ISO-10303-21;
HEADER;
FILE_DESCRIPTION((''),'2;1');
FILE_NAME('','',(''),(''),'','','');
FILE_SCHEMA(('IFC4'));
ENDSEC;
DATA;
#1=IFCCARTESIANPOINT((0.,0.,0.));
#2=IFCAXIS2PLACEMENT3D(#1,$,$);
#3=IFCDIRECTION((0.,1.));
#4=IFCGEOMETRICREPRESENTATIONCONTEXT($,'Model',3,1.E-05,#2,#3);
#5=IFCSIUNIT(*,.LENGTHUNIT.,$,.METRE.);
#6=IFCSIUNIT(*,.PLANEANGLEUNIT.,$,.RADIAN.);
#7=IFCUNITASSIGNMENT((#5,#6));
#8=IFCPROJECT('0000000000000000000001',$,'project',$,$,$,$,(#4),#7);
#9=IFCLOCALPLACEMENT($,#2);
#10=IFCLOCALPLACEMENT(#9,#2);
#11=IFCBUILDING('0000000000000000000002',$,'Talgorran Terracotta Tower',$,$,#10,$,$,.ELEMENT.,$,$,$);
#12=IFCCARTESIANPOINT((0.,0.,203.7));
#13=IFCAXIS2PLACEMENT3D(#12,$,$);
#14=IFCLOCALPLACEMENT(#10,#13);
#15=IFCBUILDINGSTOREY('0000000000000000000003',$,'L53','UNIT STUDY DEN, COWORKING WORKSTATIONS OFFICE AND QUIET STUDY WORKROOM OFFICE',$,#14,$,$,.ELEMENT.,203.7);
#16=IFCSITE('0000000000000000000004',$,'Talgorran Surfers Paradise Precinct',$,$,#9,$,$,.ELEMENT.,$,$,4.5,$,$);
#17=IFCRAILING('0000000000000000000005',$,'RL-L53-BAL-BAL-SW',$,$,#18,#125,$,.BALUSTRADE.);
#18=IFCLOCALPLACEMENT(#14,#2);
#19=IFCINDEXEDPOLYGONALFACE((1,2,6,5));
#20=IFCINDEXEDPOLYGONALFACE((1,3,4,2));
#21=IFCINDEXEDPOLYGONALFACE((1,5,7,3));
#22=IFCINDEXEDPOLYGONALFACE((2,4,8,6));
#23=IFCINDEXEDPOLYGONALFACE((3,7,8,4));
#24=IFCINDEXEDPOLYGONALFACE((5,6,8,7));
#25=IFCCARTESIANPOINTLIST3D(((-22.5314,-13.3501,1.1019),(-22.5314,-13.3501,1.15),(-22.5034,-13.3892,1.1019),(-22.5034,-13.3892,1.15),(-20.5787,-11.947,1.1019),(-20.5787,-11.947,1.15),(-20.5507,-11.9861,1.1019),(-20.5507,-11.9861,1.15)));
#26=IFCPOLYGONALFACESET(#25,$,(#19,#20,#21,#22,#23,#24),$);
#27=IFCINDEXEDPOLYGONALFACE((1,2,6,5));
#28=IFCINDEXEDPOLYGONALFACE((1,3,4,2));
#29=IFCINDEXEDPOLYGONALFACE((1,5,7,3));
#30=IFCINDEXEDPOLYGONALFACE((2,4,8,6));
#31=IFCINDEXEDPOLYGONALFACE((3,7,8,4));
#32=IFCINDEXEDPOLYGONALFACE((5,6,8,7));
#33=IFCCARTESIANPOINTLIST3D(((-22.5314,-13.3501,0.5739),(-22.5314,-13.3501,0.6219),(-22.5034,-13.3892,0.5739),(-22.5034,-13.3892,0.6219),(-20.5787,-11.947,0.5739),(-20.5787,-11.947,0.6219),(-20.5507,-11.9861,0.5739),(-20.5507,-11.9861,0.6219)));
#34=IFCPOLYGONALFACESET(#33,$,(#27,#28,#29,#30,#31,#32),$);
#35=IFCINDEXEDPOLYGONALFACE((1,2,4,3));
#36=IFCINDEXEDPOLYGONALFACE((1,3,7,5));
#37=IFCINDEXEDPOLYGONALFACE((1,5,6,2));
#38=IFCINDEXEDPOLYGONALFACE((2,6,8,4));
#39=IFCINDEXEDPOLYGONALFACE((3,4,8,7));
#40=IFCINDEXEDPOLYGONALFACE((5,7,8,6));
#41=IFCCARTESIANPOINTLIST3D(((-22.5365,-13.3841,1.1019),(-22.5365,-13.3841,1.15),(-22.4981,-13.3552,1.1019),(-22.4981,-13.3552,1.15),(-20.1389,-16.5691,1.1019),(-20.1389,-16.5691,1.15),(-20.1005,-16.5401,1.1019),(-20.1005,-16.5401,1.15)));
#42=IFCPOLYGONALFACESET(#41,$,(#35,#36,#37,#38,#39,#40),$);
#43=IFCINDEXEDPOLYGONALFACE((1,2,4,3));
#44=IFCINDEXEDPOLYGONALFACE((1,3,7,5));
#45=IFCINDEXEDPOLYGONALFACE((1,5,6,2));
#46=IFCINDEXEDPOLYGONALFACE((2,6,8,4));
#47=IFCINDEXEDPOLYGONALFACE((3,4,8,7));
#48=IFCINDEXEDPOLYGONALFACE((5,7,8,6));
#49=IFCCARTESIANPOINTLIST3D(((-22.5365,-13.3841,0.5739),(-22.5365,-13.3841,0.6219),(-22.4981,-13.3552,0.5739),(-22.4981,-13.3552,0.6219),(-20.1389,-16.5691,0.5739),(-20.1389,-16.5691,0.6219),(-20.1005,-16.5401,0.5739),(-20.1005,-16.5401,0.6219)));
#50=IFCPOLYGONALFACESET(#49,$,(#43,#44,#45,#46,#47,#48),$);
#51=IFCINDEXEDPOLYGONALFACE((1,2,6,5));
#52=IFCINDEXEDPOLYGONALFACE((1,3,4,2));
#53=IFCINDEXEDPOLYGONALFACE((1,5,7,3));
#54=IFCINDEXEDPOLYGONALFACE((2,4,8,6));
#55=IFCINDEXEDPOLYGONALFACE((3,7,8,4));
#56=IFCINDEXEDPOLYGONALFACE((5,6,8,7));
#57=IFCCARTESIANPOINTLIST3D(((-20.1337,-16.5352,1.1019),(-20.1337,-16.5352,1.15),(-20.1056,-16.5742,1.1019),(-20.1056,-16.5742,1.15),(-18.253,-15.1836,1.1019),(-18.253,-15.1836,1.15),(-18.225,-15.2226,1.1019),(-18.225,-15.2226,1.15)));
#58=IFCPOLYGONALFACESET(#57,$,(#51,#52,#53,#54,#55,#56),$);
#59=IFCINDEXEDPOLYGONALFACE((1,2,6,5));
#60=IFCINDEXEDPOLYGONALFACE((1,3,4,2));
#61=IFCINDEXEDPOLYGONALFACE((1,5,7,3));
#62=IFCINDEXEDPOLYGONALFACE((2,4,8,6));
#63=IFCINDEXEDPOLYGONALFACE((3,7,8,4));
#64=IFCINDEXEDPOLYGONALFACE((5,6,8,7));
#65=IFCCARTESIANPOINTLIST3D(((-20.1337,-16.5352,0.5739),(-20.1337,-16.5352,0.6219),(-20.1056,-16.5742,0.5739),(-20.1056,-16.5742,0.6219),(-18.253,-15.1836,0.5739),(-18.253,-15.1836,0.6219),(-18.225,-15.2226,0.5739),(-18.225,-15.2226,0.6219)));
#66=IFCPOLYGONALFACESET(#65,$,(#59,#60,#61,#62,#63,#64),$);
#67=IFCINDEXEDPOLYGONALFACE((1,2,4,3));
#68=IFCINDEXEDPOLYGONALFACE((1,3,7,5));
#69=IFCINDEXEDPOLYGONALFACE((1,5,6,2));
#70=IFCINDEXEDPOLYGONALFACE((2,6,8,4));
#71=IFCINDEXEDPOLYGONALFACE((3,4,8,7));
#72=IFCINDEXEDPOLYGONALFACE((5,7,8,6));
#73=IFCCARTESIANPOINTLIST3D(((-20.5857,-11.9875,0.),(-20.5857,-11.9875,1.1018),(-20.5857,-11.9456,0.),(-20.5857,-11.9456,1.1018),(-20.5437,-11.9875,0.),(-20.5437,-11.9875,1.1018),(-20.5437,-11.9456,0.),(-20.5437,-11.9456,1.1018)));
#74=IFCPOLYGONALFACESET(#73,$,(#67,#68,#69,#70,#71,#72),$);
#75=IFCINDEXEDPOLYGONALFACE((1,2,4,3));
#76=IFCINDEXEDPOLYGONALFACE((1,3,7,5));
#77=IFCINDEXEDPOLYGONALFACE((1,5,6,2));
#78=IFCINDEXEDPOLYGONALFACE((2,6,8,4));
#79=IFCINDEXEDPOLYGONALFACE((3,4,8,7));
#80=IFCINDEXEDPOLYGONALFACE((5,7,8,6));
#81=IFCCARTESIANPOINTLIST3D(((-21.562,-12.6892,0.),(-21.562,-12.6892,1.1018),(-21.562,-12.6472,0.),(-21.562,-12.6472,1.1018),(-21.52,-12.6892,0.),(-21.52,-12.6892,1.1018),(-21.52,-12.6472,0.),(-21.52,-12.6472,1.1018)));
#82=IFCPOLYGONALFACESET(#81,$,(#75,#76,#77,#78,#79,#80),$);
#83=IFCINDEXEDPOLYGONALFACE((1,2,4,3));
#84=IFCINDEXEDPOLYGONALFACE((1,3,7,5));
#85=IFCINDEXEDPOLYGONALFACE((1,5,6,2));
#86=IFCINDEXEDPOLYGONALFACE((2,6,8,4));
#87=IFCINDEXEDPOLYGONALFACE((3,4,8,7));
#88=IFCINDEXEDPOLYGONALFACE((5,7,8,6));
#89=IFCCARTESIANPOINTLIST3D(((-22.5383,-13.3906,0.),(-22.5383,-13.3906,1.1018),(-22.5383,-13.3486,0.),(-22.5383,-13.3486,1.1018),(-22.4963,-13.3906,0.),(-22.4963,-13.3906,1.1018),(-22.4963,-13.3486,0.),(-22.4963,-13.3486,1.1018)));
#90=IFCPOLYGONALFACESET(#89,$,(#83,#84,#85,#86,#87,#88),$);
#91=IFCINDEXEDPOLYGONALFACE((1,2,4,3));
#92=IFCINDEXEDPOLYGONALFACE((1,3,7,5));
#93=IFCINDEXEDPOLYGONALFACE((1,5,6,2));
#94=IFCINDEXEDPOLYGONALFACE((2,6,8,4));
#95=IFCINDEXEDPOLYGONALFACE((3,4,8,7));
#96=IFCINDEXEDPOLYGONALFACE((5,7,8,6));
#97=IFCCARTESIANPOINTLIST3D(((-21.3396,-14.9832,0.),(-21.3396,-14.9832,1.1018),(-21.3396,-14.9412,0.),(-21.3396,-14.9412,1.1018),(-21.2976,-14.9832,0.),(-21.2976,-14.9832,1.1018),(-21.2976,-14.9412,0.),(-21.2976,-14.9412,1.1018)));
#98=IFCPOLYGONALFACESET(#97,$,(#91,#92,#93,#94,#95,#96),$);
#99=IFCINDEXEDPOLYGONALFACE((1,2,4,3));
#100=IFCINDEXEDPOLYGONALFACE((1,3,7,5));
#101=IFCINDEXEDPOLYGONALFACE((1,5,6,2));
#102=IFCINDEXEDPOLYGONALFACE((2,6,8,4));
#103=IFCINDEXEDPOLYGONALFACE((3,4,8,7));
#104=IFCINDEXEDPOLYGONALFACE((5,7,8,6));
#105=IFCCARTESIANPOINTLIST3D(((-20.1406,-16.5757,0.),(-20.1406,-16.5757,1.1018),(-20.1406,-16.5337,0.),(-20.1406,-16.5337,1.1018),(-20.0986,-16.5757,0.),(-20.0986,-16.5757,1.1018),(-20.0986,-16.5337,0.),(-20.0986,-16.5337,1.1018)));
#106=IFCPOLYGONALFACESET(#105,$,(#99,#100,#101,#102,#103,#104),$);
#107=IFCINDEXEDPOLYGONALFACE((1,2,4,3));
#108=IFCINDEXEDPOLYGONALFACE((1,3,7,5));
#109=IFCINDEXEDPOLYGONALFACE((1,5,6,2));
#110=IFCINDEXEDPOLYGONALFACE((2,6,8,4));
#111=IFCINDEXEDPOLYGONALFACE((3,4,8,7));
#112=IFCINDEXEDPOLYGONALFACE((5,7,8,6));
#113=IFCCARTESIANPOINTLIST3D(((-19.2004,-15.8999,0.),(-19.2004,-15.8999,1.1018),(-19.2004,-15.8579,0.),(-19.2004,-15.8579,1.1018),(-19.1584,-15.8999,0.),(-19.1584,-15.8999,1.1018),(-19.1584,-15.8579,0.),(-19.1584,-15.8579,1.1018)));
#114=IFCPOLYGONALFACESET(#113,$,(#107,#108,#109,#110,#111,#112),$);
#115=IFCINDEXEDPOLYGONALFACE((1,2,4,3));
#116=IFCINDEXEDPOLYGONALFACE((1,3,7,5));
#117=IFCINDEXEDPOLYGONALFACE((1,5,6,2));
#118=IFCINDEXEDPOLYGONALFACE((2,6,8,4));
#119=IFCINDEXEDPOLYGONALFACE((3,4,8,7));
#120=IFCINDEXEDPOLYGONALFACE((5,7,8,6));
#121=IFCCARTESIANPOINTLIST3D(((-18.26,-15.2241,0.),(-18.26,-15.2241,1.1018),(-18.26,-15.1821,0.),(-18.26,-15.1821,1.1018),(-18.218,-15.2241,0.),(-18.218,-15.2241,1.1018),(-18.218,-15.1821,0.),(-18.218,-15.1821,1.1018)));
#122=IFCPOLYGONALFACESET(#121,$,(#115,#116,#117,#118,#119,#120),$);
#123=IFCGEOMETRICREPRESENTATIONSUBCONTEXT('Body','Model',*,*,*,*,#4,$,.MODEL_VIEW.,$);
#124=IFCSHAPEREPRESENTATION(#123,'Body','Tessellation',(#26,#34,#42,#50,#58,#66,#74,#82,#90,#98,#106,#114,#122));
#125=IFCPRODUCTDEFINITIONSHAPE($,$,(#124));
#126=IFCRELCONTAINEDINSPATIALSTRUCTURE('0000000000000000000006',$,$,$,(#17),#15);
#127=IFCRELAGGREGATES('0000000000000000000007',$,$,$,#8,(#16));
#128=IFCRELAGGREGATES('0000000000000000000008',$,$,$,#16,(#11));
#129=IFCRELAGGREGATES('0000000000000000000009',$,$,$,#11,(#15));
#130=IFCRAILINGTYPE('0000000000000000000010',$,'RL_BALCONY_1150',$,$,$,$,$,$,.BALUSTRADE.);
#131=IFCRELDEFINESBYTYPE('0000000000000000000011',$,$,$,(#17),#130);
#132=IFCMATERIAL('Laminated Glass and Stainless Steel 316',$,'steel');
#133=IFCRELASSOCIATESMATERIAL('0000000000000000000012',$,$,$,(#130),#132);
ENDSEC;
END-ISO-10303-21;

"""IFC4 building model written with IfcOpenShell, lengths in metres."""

from ifc_helpers import new_model, si_unit, direction, frame, origin, origin_2d, place, context, subcontext, project, spatial, rectangle, extrude, material, type_object, element, save


model = new_model("IFC4")

# Units and contexts
model_context = context("Model", 3, precision=1e-05, world=origin(), true_north=direction((0.0, 1.0)))
body_context = subcontext(model_context, "Body", "Model", "MODEL_VIEW")
ifc_project = project(units=[si_unit("LENGTHUNIT", "METRE"), si_unit("PLANEANGLEUNIT", "RADIAN")], contexts=[model_context])

# Site, building, storey
site_placement = place(None, origin())
site = spatial("IfcSite", under=ifc_project, at=site_placement, Name="Talgorran Surfers Paradise Precinct", CompositionType="ELEMENT", RefElevation=4.5)
building_placement = place(site_placement, origin())
building = spatial("IfcBuilding", under=site, at=building_placement, Name="Talgorran Terracotta Tower", CompositionType="ELEMENT")
storey_placement = place(building_placement, frame((0.0, 0.0, 203.7)))
storey = spatial("IfcBuildingStorey", under=building, at=storey_placement, Name="L53", Description="UNIT STUDY DEN, COWORKING WORKSTATIONS OFFICE AND QUIET STUDY WORKROOM OFFICE", CompositionType="ELEMENT", Elevation=203.7)

# Railing
ifc_material_1 = material(Name="Laminated Glass and Stainless Steel 316", Category="steel")
railing_type = type_object("IfcRailingType", Name="RL_BALCONY_1150", PredefinedType="BALUSTRADE", material=ifc_material_1)
railing_placement = place(storey_placement, frame((-20.5647, -11.9666, 0.0)))
element("IfcRailing", 1, at=railing_placement, inside=storey, type_object=railing_type, Name="RL-L53-BAL-BAL-SW", PredefinedType="BALUSTRADE", context=body_context, shape_type="SweptSolid", body=[
    extrude(rectangle(XDim=0.0481, YDim=0.0481, at=origin_2d()), frame((0.0, 0.0, 1.126), z_axis=(-0.812091, -0.583531, 0.0), x_axis=(0.583531, -0.812091, 0.0)), (0.0, 0.0, 1.0), 2.4045),
    extrude(rectangle(XDim=0.0481, YDim=0.0481, at=origin_2d()), frame((0.0, 0.0, 0.5979), z_axis=(-0.812091, -0.583531, 0.0), x_axis=(0.583531, -0.812091, 0.0)), (0.0, 0.0, 1.0), 2.4045),
    extrude(rectangle(XDim=0.0481, YDim=0.0481, at=origin_2d()), frame((-1.9526, -1.4031, 1.126), z_axis=(0.60143, -0.798926, 0.0), x_axis=(0.798926, 0.60143, 0.0)), (0.0, 0.0, 1.0), 3.9866),
    extrude(rectangle(XDim=0.0481, YDim=0.0481, at=origin_2d()), frame((-1.9526, -1.4031, 0.5979), z_axis=(0.60143, -0.798926, 0.0), x_axis=(0.798926, 0.60143, 0.0)), (0.0, 0.0, 1.0), 3.9866),
    extrude(rectangle(XDim=0.0481, YDim=0.0481, at=origin_2d()), frame((0.4451, -4.5881, 1.126), z_axis=(0.812042, 0.583599, 0.0), x_axis=(-0.583599, 0.812042, 0.0)), (0.0, 0.0, 1.0), 2.3159),
    extrude(rectangle(XDim=0.0481, YDim=0.0481, at=origin_2d()), frame((0.4451, -4.5881, 0.5979), z_axis=(0.812042, 0.583599, 0.0), x_axis=(-0.583599, 0.812042, 0.0)), (0.0, 0.0, 1.0), 2.3159),
    extrude(rectangle(XDim=0.042, YDim=0.042, at=origin_2d()), origin(), (0.0, 0.0, 1.0), 1.1018),
    extrude(rectangle(XDim=0.042, YDim=0.042, at=origin_2d()), frame((-0.9763, -0.7017, 0.0)), (0.0, 0.0, 1.0), 1.1018),
    extrude(rectangle(XDim=0.042, YDim=0.042, at=origin_2d()), frame((-1.9526, -1.4031, 0.0)), (0.0, 0.0, 1.0), 1.1018),
    extrude(rectangle(XDim=0.042, YDim=0.042, at=origin_2d()), frame((-0.7539, -2.9956, 0.0)), (0.0, 0.0, 1.0), 1.1018),
    extrude(rectangle(XDim=0.042, YDim=0.042, at=origin_2d()), frame((0.4451, -4.5881, 0.0)), (0.0, 0.0, 1.0), 1.1018),
    extrude(rectangle(XDim=0.042, YDim=0.042, at=origin_2d()), frame((1.3853, -3.9124, 0.0)), (0.0, 0.0, 1.0), 1.1018),
    extrude(rectangle(XDim=0.042, YDim=0.042, at=origin_2d()), frame((2.3257, -3.2366, 0.0)), (0.0, 0.0, 1.0), 1.1018),
])

save(model, "model.ifc")
